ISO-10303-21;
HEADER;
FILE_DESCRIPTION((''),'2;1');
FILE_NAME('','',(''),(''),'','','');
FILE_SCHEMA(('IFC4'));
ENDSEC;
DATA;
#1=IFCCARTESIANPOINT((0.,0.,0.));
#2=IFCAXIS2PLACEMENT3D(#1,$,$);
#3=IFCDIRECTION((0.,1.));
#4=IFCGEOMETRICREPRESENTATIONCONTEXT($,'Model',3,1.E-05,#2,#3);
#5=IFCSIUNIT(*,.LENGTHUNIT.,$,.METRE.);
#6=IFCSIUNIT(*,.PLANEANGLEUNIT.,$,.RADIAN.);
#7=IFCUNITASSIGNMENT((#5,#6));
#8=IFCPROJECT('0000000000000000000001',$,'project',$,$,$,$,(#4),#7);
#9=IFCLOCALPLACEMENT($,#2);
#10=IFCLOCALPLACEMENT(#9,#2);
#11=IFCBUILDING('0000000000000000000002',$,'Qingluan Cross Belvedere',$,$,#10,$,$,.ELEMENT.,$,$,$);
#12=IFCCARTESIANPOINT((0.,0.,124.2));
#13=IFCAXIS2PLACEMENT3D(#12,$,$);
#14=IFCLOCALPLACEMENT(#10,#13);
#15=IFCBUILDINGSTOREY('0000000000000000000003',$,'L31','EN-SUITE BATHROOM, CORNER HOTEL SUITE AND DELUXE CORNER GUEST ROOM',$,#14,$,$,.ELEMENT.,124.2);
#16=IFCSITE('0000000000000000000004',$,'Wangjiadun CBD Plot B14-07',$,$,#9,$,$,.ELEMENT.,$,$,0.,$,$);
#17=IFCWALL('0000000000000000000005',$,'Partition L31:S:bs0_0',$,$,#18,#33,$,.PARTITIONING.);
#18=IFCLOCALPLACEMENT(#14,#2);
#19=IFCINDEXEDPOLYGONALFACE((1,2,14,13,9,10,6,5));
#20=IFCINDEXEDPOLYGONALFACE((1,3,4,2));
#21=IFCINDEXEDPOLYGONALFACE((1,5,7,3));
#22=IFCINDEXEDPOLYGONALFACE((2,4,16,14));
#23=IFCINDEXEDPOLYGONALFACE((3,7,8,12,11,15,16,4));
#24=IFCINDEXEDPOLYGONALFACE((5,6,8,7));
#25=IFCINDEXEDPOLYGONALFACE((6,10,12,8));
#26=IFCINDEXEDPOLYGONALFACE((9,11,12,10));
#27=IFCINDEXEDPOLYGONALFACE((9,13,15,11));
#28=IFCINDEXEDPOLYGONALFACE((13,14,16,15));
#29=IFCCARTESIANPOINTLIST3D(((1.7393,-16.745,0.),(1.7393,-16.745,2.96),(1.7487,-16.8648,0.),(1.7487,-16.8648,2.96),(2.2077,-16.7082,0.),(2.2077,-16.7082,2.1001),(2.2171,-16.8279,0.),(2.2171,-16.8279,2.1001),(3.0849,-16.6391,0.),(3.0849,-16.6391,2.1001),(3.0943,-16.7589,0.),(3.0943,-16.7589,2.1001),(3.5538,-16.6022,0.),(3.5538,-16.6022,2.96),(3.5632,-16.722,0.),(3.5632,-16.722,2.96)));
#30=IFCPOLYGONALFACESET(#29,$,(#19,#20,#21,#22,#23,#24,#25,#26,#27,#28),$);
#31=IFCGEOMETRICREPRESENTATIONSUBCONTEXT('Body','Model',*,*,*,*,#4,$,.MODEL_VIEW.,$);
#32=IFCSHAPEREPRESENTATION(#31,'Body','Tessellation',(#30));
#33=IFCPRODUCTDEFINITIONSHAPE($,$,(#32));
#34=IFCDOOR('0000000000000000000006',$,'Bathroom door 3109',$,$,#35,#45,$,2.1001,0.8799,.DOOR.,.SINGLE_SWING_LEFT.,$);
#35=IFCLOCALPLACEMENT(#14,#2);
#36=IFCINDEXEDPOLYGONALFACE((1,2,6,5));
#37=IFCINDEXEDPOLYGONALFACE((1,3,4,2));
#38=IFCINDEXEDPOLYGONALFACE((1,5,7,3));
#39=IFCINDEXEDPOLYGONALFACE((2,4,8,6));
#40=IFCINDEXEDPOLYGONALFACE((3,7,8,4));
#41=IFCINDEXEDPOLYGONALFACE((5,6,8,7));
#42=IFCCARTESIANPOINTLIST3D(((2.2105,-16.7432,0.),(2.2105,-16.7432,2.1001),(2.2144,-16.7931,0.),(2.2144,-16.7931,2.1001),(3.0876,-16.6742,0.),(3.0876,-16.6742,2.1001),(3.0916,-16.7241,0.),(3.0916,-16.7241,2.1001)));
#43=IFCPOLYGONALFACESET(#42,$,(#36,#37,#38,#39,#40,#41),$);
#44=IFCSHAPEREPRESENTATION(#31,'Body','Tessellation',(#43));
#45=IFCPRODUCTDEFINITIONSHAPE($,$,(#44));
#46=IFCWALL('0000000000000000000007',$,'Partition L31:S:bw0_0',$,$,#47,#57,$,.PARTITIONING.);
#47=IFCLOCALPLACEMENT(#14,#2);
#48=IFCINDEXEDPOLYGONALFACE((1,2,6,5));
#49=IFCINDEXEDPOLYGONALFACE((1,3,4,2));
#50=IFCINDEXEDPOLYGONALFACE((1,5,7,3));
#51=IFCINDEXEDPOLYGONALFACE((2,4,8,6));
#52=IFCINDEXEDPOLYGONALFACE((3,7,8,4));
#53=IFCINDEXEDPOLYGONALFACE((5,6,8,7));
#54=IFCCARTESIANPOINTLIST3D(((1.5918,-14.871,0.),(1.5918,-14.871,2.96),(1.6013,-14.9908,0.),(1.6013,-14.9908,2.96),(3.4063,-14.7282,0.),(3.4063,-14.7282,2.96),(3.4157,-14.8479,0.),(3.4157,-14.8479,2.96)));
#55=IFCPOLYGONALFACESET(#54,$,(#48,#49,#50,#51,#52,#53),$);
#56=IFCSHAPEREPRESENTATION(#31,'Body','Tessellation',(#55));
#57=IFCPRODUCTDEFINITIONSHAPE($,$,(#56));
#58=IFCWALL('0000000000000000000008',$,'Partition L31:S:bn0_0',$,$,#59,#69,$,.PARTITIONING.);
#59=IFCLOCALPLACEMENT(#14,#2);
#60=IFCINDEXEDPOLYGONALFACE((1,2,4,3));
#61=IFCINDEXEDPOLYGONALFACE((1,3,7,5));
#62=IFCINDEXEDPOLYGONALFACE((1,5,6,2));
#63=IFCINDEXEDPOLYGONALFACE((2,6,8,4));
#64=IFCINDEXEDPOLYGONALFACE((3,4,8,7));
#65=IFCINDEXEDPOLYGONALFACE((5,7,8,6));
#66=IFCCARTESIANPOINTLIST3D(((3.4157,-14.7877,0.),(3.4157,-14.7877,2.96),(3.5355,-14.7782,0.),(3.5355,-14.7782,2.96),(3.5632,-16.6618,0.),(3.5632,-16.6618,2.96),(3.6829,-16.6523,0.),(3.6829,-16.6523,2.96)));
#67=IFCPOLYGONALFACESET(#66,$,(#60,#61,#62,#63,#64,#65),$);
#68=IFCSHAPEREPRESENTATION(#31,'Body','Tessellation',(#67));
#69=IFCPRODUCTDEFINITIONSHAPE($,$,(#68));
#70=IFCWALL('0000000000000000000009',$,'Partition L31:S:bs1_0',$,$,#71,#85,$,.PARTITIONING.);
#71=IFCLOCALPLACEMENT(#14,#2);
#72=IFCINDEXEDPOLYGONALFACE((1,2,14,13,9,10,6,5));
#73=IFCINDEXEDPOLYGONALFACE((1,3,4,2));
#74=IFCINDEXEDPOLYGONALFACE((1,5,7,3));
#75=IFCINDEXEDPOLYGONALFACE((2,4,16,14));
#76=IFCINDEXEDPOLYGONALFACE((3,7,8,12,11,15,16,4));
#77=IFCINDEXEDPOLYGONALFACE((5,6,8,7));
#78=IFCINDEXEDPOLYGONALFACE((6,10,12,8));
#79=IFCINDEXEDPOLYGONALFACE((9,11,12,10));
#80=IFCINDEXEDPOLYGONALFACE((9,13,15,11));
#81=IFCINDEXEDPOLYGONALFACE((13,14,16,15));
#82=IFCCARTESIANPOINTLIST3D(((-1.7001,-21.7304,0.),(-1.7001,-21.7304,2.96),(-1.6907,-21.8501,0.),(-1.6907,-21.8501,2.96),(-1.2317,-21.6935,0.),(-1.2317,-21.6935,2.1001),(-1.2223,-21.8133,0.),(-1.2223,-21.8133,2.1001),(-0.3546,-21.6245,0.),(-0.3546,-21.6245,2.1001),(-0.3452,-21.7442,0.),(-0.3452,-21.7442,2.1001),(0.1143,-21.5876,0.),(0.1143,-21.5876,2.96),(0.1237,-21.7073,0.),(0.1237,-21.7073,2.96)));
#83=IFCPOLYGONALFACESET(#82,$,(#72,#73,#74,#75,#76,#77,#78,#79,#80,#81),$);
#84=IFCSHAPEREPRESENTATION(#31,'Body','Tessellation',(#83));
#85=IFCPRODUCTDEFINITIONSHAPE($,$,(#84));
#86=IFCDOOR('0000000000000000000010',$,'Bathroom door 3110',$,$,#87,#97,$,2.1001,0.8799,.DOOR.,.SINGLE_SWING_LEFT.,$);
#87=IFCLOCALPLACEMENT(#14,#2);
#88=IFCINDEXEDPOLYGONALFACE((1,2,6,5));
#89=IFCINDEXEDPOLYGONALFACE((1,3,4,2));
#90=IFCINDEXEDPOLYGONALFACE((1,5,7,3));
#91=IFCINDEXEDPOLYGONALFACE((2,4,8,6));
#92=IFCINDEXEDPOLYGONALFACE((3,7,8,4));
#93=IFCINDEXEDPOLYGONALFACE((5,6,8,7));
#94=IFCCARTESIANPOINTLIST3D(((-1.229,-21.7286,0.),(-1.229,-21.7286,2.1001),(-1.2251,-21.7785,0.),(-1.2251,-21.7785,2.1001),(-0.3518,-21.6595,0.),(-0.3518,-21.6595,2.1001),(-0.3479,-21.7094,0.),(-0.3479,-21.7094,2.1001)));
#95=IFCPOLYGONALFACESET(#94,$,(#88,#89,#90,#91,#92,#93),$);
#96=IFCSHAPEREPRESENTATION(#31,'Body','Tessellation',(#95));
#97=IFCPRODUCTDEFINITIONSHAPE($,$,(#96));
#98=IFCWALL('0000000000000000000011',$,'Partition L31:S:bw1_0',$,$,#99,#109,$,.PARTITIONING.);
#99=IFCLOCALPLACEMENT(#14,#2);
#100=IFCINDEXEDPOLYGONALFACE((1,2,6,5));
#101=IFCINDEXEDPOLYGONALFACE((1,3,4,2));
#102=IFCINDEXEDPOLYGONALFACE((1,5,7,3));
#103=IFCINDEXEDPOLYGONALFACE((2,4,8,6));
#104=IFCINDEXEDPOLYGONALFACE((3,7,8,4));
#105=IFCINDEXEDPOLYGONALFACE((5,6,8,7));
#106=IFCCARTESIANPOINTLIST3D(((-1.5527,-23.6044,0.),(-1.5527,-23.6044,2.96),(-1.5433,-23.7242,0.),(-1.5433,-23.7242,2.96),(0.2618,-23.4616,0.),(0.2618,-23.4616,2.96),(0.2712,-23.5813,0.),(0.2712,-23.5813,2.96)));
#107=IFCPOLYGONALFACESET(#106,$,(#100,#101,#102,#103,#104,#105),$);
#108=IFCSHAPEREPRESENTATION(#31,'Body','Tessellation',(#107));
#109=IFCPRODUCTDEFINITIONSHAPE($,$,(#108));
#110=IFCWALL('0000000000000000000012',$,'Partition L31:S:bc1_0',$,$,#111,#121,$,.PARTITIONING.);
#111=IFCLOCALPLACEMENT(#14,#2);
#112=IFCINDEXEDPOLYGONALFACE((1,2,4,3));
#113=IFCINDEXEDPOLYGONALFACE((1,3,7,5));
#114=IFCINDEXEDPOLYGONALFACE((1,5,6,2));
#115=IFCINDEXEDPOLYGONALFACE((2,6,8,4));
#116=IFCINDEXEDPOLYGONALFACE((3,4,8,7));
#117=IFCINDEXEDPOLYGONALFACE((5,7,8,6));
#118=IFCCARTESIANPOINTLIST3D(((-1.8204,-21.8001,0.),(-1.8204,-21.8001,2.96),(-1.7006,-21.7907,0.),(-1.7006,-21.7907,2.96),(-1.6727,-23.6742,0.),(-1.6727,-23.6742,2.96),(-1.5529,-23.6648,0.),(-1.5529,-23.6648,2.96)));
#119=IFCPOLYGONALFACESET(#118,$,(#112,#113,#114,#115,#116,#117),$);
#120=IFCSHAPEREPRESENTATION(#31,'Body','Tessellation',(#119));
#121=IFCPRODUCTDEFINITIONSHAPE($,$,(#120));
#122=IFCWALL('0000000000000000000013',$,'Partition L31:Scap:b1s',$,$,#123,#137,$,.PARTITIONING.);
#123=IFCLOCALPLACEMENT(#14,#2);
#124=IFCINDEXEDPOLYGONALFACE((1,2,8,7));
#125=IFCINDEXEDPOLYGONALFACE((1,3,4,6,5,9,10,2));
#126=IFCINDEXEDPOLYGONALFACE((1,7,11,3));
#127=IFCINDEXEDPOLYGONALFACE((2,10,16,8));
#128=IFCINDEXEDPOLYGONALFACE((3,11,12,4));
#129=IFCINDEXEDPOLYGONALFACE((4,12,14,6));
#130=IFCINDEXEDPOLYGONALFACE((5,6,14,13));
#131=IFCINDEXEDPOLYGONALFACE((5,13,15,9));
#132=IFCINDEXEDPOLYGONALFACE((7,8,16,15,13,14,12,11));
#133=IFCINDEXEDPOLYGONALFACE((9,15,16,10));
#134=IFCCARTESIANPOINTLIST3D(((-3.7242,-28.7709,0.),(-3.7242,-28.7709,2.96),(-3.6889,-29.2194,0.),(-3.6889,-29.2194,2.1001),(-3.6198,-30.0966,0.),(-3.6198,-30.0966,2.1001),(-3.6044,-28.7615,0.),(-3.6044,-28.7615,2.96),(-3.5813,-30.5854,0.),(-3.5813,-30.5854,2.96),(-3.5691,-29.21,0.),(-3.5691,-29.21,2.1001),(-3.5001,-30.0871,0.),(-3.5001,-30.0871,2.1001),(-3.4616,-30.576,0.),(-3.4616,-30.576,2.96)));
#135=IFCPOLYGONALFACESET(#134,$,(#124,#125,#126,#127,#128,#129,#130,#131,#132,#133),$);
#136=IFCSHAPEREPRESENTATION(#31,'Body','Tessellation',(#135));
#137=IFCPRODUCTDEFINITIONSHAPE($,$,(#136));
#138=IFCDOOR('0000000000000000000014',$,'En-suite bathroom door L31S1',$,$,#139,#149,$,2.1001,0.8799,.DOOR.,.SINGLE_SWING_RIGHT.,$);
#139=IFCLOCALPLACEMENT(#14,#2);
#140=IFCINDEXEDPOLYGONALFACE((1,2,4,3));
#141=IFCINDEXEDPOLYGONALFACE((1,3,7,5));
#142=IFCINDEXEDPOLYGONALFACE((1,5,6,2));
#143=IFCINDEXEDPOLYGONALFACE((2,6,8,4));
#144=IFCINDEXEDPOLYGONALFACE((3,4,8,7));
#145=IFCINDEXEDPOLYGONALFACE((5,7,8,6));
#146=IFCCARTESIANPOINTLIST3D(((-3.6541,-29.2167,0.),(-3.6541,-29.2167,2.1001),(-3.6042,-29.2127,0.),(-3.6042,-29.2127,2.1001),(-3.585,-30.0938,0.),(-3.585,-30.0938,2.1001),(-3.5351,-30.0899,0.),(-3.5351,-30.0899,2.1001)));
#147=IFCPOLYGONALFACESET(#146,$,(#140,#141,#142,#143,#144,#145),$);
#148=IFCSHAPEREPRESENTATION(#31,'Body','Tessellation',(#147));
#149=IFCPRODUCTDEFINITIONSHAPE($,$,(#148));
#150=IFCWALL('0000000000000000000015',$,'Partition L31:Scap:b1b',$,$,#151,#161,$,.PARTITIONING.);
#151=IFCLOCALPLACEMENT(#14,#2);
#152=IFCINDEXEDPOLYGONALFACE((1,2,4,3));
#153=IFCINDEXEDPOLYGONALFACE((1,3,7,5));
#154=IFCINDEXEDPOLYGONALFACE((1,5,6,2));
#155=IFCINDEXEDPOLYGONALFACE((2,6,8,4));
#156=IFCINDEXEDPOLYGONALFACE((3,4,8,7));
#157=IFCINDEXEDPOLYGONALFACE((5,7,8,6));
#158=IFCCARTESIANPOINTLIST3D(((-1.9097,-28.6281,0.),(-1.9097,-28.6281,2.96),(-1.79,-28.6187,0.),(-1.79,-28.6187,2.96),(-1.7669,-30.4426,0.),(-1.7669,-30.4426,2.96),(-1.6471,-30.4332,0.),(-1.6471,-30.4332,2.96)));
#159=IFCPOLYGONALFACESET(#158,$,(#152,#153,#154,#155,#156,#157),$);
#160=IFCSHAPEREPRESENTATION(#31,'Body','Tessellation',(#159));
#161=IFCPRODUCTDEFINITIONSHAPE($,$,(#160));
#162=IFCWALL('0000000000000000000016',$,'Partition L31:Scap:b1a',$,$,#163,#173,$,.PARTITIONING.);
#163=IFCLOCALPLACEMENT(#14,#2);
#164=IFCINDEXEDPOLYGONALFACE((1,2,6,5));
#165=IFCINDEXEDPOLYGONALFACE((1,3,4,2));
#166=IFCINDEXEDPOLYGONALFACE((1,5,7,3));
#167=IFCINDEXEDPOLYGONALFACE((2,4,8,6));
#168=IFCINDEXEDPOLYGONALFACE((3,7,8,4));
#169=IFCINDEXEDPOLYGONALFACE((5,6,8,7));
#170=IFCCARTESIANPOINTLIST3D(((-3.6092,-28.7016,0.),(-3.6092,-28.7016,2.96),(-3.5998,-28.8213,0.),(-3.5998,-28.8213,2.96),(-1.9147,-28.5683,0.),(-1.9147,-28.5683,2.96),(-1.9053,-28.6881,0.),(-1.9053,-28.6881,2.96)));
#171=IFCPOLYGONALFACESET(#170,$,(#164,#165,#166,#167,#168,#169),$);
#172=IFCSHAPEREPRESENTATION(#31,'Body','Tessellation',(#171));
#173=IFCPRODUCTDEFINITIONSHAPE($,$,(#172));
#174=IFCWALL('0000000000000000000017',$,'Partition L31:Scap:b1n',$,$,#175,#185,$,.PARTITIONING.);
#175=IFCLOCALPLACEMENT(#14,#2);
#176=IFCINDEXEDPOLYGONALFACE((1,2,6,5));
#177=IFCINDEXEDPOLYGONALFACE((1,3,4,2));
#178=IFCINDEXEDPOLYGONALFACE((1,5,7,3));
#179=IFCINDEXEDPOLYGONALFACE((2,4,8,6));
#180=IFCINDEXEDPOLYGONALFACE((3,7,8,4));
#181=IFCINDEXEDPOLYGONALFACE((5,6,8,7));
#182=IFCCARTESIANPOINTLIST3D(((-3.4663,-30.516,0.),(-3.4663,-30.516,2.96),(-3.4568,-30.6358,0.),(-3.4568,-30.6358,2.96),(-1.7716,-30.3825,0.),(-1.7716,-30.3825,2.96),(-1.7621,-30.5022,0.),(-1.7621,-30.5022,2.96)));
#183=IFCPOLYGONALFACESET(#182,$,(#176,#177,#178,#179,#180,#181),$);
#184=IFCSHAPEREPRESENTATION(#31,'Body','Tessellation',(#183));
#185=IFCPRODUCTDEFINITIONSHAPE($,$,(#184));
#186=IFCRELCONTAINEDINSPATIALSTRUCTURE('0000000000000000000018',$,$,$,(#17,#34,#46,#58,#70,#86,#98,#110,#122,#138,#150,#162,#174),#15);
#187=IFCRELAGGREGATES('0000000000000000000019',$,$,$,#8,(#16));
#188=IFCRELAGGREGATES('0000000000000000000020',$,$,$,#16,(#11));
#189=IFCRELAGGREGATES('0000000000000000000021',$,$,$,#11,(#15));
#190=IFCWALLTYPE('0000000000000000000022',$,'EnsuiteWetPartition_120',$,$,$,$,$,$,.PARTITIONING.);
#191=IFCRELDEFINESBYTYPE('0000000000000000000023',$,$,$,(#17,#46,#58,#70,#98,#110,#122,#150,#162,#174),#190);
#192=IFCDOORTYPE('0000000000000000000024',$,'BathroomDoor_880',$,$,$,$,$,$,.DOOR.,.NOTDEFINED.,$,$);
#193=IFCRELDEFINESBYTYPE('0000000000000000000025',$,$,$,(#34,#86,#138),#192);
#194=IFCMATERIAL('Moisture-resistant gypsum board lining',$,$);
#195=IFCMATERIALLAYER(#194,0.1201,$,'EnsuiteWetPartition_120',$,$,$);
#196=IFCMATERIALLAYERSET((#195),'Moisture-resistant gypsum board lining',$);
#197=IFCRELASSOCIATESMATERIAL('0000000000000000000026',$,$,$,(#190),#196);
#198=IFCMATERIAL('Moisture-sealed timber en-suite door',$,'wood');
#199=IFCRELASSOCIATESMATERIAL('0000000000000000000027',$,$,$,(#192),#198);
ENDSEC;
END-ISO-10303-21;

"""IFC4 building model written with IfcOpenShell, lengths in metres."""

from ifc_helpers import new_model, si_unit, direction, frame, frame_2d, origin, place, context, subcontext, project, spatial, rectangle, extrude, material, layer, layer_set, type_object, element, fill, save


model = new_model("IFC4")

# Units and contexts
model_context = context("Model", 3, precision=1e-05, world=origin(), true_north=direction((0.0, 1.0)))
body_context = subcontext(model_context, "Body", "Model", "MODEL_VIEW")
ifc_project = project(units=[si_unit("LENGTHUNIT", "METRE"), si_unit("PLANEANGLEUNIT", "RADIAN")], contexts=[model_context])

# Site, building, storey
site_placement = place(None, origin())
site = spatial("IfcSite", under=ifc_project, at=site_placement, Name="Wangjiadun CBD Plot B14-07", CompositionType="ELEMENT", RefElevation=0.0)
building_placement = place(site_placement, origin())
building = spatial("IfcBuilding", under=site, at=building_placement, Name="Qingluan Cross Belvedere", CompositionType="ELEMENT")
storey_placement = place(building_placement, frame((0.0, 0.0, 124.2)))
storey = spatial("IfcBuildingStorey", under=building, at=storey_placement, Name="L31", Description="EN-SUITE BATHROOM, CORNER HOTEL SUITE AND DELUXE CORNER GUEST ROOM", CompositionType="ELEMENT", Elevation=124.2)

# Wall, opening, door
ifc_material_1 = material(Name="Moisture-resistant gypsum board lining")
ifc_layer_1 = layer(ifc_material_1, 0.1201, Name="EnsuiteWetPartition_120")
ifc_layer_set_1 = layer_set([ifc_layer_1], Name="Moisture-resistant gypsum board lining")
wall_type_1 = type_object("IfcWallType", Name="EnsuiteWetPartition_120", PredefinedType="PARTITIONING", material=ifc_layer_set_1)
wall_1_placement = place(storey_placement, frame((1.7439, -16.8049, 0.0), z_axis=(0.0, 0.0, 1.0), x_axis=(0.996916, 0.078471, 0.0)))
wall_1 = element("IfcWall", 1, at=wall_1_placement, inside=storey, type_object=wall_type_1, Name="Partition L31:S:bs0_0", PredefinedType="PARTITIONING", context=body_context, shape_type="SweptSolid", body=[
    extrude(rectangle(XDim=1.8201, YDim=0.1201, at=frame_2d((0.9102, 0.0))), origin(), (0.0, 0.0, 1.0), 2.96),
])
opening_1_placement = place(wall_1_placement, frame((0.47, 0.0, 0.0)))
opening_1 = element("IfcOpeningElement", 2, at=opening_1_placement, cuts=wall_1, PredefinedType="OPENING", context=body_context, shape_type="SweptSolid", body=[
    extrude(rectangle(XDim=0.8799, YDim=2.1001, at=frame_2d((0.4399, 1.05))), frame((0.0, 0.0701, 0.0), z_axis=(0.0, -1.0, 0.0), x_axis=(1.0, 0.0, 0.0)), (0.0, 0.0, 1.0), 0.1401),
])
ifc_material_2 = material(Name="Moisture-sealed timber en-suite door", Category="wood")
door_type_1 = type_object("IfcDoorType", Name="BathroomDoor_880", OperationType="NOTDEFINED", PredefinedType="DOOR", material=ifc_material_2)
door_1_placement = place(opening_1_placement, origin())
door_1 = element("IfcDoor", 3, at=door_1_placement, inside=storey, type_object=door_type_1, Name="Bathroom door 3109", OperationType="SINGLE_SWING_LEFT", OverallHeight=2.1001, OverallWidth=0.8799, PredefinedType="DOOR", context=body_context, shape_type="SweptSolid", body=[
    extrude(rectangle(XDim=0.8799, YDim=2.1001, at=frame_2d((0.4399, 1.05))), frame((0.0, 0.0249, 0.0), z_axis=(0.0, -1.0, 0.0), x_axis=(1.0, 0.0, 0.0)), (0.0, 0.0, 1.0), 0.05),
])
fill(opening_1, door_1)

# Walls
wall_2_placement = place(storey_placement, frame((1.5964, -14.9309, 0.0), z_axis=(0.0, 0.0, 1.0), x_axis=(0.996916, 0.078471, 0.0)))
element("IfcWall", 4, at=wall_2_placement, inside=storey, type_object=wall_type_1, Name="Partition L31:S:bw0_0", PredefinedType="PARTITIONING", context=body_context, shape_type="SweptSolid", body=[
    extrude(rectangle(XDim=1.8201, YDim=0.1201, at=frame_2d((0.9102, 0.0))), origin(), (0.0, 0.0, 1.0), 2.96),
])
wall_3_placement = place(storey_placement, frame((3.4756, -14.783, 0.0), z_axis=(0.0, 0.0, 1.0), x_axis=(0.078444, -0.996918, 0.0)))
element("IfcWall", 5, at=wall_3_placement, inside=storey, type_object=wall_type_1, Name="Partition L31:S:bn0_0", PredefinedType="PARTITIONING", context=body_context, shape_type="SweptSolid", body=[
    extrude(rectangle(XDim=1.8799, YDim=0.1201, at=frame_2d((0.9399, 0.0))), origin(), (0.0, 0.0, 1.0), 2.96),
])

# Wall, opening, door
wall_4_placement = place(storey_placement, frame((-1.6956, -21.7903, 0.0), z_axis=(0.0, 0.0, 1.0), x_axis=(0.996916, 0.078471, 0.0)))
wall_4 = element("IfcWall", 6, at=wall_4_placement, inside=storey, type_object=wall_type_1, Name="Partition L31:S:bs1_0", PredefinedType="PARTITIONING", context=body_context, shape_type="SweptSolid", body=[
    extrude(rectangle(XDim=1.8201, YDim=0.1201, at=frame_2d((0.9102, 0.0))), origin(), (0.0, 0.0, 1.0), 2.96),
])
opening_2_placement = place(wall_4_placement, frame((0.47, 0.0, 0.0)))
opening_2 = element("IfcOpeningElement", 7, at=opening_2_placement, cuts=wall_4, PredefinedType="OPENING", context=body_context, shape_type="SweptSolid", body=[
    extrude(rectangle(XDim=0.8799, YDim=2.1001, at=frame_2d((0.4399, 1.05))), frame((0.0, 0.0701, 0.0), z_axis=(0.0, -1.0, 0.0), x_axis=(1.0, 0.0, 0.0)), (0.0, 0.0, 1.0), 0.1401),
])
door_2_placement = place(opening_2_placement, origin())
door_2 = element("IfcDoor", 8, at=door_2_placement, inside=storey, type_object=door_type_1, Name="Bathroom door 3110", OperationType="SINGLE_SWING_LEFT", OverallHeight=2.1001, OverallWidth=0.8799, PredefinedType="DOOR", context=body_context, shape_type="SweptSolid", body=[
    extrude(rectangle(XDim=0.8799, YDim=2.1001, at=frame_2d((0.4399, 1.05))), frame((0.0, 0.0249, 0.0), z_axis=(0.0, -1.0, 0.0), x_axis=(1.0, 0.0, 0.0)), (0.0, 0.0, 1.0), 0.05),
])
fill(opening_2, door_2)

# Walls
wall_5_placement = place(storey_placement, frame((-1.5481, -23.6643, 0.0), z_axis=(0.0, 0.0, 1.0), x_axis=(0.996916, 0.078471, 0.0)))
element("IfcWall", 9, at=wall_5_placement, inside=storey, type_object=wall_type_1, Name="Partition L31:S:bw1_0", PredefinedType="PARTITIONING", context=body_context, shape_type="SweptSolid", body=[
    extrude(rectangle(XDim=1.8201, YDim=0.1201, at=frame_2d((0.9102, 0.0))), origin(), (0.0, 0.0, 1.0), 2.96),
])
wall_6_placement = place(storey_placement, frame((-1.7605, -21.7954, 0.0), z_axis=(0.0, 0.0, 1.0), x_axis=(0.078573, -0.996908, 0.0)))
element("IfcWall", 10, at=wall_6_placement, inside=storey, type_object=wall_type_1, Name="Partition L31:S:bc1_0", PredefinedType="PARTITIONING", context=body_context, shape_type="SweptSolid", body=[
    extrude(rectangle(XDim=1.8799, YDim=0.1201, at=frame_2d((0.9399, 0.0))), origin(), (0.0, 0.0, 1.0), 2.96),
])

# Wall, opening, door
wall_7_placement = place(storey_placement, frame((-3.6643, -28.7661, 0.0), z_axis=(0.0, 0.0, 1.0), x_axis=(0.078471, -0.996916, 0.0)))
wall_7 = element("IfcWall", 11, at=wall_7_placement, inside=storey, type_object=wall_type_1, Name="Partition L31:Scap:b1s", PredefinedType="PARTITIONING", context=body_context, shape_type="SweptSolid", body=[
    extrude(rectangle(XDim=1.8201, YDim=0.1201, at=frame_2d((0.9102, 0.0))), origin(), (0.0, 0.0, 1.0), 2.96),
])
opening_3_placement = place(wall_7_placement, frame((0.45, 0.0, 0.0)))
opening_3 = element("IfcOpeningElement", 12, at=opening_3_placement, cuts=wall_7, PredefinedType="OPENING", context=body_context, shape_type="SweptSolid", body=[
    extrude(rectangle(XDim=0.8799, YDim=2.1001, at=frame_2d((0.4399, 1.05))), frame((0.0, 0.0701, 0.0), z_axis=(0.0, -1.0, 0.0), x_axis=(1.0, 0.0, 0.0)), (0.0, 0.0, 1.0), 0.1401),
])
door_3_placement = place(opening_3_placement, origin())
door_3 = element("IfcDoor", 13, at=door_3_placement, inside=storey, type_object=door_type_1, Name="En-suite bathroom door L31S1", OperationType="SINGLE_SWING_RIGHT", OverallHeight=2.1001, OverallWidth=0.8799, PredefinedType="DOOR", context=body_context, shape_type="SweptSolid", body=[
    extrude(rectangle(XDim=0.8799, YDim=2.1001, at=frame_2d((0.4399, 1.05))), frame((0.0, 0.0249, 0.0), z_axis=(0.0, -1.0, 0.0), x_axis=(1.0, 0.0, 0.0)), (0.0, 0.0, 1.0), 0.05),
])
fill(opening_3, door_3)

# Walls
wall_8_placement = place(storey_placement, frame((-1.8499, -28.6233, 0.0), z_axis=(0.0, 0.0, 1.0), x_axis=(0.078471, -0.996916, 0.0)))
element("IfcWall", 14, at=wall_8_placement, inside=storey, type_object=wall_type_1, Name="Partition L31:Scap:b1b", PredefinedType="PARTITIONING", context=body_context, shape_type="SweptSolid", body=[
    extrude(rectangle(XDim=1.8201, YDim=0.1201, at=frame_2d((0.9102, 0.0))), origin(), (0.0, 0.0, 1.0), 2.96),
])
wall_9_placement = place(storey_placement, frame((-3.6045, -28.7615, 0.0), z_axis=(0.0, 0.0, 1.0), x_axis=(0.99692, 0.078421, 0.0)))
element("IfcWall", 15, at=wall_9_placement, inside=storey, type_object=wall_type_1, Name="Partition L31:Scap:b1a", PredefinedType="PARTITIONING", context=body_context, shape_type="SweptSolid", body=[
    extrude(rectangle(XDim=1.6997, YDim=0.1201, at=frame_2d((0.8499, 0.0))), origin(), (0.0, 0.0, 1.0), 2.96),
])
wall_10_placement = place(storey_placement, frame((-3.4617, -30.5759, 0.0), z_axis=(0.0, 0.0, 1.0), x_axis=(0.996909, 0.078564, 0.0)))
element("IfcWall", 16, at=wall_10_placement, inside=storey, type_object=wall_type_1, Name="Partition L31:Scap:b1n", PredefinedType="PARTITIONING", context=body_context, shape_type="SweptSolid", body=[
    extrude(rectangle(XDim=1.7, YDim=0.1201, at=frame_2d((0.8501, 0.0))), origin(), (0.0, 0.0, 1.0), 2.96),
])

save(model, "model.ifc")
